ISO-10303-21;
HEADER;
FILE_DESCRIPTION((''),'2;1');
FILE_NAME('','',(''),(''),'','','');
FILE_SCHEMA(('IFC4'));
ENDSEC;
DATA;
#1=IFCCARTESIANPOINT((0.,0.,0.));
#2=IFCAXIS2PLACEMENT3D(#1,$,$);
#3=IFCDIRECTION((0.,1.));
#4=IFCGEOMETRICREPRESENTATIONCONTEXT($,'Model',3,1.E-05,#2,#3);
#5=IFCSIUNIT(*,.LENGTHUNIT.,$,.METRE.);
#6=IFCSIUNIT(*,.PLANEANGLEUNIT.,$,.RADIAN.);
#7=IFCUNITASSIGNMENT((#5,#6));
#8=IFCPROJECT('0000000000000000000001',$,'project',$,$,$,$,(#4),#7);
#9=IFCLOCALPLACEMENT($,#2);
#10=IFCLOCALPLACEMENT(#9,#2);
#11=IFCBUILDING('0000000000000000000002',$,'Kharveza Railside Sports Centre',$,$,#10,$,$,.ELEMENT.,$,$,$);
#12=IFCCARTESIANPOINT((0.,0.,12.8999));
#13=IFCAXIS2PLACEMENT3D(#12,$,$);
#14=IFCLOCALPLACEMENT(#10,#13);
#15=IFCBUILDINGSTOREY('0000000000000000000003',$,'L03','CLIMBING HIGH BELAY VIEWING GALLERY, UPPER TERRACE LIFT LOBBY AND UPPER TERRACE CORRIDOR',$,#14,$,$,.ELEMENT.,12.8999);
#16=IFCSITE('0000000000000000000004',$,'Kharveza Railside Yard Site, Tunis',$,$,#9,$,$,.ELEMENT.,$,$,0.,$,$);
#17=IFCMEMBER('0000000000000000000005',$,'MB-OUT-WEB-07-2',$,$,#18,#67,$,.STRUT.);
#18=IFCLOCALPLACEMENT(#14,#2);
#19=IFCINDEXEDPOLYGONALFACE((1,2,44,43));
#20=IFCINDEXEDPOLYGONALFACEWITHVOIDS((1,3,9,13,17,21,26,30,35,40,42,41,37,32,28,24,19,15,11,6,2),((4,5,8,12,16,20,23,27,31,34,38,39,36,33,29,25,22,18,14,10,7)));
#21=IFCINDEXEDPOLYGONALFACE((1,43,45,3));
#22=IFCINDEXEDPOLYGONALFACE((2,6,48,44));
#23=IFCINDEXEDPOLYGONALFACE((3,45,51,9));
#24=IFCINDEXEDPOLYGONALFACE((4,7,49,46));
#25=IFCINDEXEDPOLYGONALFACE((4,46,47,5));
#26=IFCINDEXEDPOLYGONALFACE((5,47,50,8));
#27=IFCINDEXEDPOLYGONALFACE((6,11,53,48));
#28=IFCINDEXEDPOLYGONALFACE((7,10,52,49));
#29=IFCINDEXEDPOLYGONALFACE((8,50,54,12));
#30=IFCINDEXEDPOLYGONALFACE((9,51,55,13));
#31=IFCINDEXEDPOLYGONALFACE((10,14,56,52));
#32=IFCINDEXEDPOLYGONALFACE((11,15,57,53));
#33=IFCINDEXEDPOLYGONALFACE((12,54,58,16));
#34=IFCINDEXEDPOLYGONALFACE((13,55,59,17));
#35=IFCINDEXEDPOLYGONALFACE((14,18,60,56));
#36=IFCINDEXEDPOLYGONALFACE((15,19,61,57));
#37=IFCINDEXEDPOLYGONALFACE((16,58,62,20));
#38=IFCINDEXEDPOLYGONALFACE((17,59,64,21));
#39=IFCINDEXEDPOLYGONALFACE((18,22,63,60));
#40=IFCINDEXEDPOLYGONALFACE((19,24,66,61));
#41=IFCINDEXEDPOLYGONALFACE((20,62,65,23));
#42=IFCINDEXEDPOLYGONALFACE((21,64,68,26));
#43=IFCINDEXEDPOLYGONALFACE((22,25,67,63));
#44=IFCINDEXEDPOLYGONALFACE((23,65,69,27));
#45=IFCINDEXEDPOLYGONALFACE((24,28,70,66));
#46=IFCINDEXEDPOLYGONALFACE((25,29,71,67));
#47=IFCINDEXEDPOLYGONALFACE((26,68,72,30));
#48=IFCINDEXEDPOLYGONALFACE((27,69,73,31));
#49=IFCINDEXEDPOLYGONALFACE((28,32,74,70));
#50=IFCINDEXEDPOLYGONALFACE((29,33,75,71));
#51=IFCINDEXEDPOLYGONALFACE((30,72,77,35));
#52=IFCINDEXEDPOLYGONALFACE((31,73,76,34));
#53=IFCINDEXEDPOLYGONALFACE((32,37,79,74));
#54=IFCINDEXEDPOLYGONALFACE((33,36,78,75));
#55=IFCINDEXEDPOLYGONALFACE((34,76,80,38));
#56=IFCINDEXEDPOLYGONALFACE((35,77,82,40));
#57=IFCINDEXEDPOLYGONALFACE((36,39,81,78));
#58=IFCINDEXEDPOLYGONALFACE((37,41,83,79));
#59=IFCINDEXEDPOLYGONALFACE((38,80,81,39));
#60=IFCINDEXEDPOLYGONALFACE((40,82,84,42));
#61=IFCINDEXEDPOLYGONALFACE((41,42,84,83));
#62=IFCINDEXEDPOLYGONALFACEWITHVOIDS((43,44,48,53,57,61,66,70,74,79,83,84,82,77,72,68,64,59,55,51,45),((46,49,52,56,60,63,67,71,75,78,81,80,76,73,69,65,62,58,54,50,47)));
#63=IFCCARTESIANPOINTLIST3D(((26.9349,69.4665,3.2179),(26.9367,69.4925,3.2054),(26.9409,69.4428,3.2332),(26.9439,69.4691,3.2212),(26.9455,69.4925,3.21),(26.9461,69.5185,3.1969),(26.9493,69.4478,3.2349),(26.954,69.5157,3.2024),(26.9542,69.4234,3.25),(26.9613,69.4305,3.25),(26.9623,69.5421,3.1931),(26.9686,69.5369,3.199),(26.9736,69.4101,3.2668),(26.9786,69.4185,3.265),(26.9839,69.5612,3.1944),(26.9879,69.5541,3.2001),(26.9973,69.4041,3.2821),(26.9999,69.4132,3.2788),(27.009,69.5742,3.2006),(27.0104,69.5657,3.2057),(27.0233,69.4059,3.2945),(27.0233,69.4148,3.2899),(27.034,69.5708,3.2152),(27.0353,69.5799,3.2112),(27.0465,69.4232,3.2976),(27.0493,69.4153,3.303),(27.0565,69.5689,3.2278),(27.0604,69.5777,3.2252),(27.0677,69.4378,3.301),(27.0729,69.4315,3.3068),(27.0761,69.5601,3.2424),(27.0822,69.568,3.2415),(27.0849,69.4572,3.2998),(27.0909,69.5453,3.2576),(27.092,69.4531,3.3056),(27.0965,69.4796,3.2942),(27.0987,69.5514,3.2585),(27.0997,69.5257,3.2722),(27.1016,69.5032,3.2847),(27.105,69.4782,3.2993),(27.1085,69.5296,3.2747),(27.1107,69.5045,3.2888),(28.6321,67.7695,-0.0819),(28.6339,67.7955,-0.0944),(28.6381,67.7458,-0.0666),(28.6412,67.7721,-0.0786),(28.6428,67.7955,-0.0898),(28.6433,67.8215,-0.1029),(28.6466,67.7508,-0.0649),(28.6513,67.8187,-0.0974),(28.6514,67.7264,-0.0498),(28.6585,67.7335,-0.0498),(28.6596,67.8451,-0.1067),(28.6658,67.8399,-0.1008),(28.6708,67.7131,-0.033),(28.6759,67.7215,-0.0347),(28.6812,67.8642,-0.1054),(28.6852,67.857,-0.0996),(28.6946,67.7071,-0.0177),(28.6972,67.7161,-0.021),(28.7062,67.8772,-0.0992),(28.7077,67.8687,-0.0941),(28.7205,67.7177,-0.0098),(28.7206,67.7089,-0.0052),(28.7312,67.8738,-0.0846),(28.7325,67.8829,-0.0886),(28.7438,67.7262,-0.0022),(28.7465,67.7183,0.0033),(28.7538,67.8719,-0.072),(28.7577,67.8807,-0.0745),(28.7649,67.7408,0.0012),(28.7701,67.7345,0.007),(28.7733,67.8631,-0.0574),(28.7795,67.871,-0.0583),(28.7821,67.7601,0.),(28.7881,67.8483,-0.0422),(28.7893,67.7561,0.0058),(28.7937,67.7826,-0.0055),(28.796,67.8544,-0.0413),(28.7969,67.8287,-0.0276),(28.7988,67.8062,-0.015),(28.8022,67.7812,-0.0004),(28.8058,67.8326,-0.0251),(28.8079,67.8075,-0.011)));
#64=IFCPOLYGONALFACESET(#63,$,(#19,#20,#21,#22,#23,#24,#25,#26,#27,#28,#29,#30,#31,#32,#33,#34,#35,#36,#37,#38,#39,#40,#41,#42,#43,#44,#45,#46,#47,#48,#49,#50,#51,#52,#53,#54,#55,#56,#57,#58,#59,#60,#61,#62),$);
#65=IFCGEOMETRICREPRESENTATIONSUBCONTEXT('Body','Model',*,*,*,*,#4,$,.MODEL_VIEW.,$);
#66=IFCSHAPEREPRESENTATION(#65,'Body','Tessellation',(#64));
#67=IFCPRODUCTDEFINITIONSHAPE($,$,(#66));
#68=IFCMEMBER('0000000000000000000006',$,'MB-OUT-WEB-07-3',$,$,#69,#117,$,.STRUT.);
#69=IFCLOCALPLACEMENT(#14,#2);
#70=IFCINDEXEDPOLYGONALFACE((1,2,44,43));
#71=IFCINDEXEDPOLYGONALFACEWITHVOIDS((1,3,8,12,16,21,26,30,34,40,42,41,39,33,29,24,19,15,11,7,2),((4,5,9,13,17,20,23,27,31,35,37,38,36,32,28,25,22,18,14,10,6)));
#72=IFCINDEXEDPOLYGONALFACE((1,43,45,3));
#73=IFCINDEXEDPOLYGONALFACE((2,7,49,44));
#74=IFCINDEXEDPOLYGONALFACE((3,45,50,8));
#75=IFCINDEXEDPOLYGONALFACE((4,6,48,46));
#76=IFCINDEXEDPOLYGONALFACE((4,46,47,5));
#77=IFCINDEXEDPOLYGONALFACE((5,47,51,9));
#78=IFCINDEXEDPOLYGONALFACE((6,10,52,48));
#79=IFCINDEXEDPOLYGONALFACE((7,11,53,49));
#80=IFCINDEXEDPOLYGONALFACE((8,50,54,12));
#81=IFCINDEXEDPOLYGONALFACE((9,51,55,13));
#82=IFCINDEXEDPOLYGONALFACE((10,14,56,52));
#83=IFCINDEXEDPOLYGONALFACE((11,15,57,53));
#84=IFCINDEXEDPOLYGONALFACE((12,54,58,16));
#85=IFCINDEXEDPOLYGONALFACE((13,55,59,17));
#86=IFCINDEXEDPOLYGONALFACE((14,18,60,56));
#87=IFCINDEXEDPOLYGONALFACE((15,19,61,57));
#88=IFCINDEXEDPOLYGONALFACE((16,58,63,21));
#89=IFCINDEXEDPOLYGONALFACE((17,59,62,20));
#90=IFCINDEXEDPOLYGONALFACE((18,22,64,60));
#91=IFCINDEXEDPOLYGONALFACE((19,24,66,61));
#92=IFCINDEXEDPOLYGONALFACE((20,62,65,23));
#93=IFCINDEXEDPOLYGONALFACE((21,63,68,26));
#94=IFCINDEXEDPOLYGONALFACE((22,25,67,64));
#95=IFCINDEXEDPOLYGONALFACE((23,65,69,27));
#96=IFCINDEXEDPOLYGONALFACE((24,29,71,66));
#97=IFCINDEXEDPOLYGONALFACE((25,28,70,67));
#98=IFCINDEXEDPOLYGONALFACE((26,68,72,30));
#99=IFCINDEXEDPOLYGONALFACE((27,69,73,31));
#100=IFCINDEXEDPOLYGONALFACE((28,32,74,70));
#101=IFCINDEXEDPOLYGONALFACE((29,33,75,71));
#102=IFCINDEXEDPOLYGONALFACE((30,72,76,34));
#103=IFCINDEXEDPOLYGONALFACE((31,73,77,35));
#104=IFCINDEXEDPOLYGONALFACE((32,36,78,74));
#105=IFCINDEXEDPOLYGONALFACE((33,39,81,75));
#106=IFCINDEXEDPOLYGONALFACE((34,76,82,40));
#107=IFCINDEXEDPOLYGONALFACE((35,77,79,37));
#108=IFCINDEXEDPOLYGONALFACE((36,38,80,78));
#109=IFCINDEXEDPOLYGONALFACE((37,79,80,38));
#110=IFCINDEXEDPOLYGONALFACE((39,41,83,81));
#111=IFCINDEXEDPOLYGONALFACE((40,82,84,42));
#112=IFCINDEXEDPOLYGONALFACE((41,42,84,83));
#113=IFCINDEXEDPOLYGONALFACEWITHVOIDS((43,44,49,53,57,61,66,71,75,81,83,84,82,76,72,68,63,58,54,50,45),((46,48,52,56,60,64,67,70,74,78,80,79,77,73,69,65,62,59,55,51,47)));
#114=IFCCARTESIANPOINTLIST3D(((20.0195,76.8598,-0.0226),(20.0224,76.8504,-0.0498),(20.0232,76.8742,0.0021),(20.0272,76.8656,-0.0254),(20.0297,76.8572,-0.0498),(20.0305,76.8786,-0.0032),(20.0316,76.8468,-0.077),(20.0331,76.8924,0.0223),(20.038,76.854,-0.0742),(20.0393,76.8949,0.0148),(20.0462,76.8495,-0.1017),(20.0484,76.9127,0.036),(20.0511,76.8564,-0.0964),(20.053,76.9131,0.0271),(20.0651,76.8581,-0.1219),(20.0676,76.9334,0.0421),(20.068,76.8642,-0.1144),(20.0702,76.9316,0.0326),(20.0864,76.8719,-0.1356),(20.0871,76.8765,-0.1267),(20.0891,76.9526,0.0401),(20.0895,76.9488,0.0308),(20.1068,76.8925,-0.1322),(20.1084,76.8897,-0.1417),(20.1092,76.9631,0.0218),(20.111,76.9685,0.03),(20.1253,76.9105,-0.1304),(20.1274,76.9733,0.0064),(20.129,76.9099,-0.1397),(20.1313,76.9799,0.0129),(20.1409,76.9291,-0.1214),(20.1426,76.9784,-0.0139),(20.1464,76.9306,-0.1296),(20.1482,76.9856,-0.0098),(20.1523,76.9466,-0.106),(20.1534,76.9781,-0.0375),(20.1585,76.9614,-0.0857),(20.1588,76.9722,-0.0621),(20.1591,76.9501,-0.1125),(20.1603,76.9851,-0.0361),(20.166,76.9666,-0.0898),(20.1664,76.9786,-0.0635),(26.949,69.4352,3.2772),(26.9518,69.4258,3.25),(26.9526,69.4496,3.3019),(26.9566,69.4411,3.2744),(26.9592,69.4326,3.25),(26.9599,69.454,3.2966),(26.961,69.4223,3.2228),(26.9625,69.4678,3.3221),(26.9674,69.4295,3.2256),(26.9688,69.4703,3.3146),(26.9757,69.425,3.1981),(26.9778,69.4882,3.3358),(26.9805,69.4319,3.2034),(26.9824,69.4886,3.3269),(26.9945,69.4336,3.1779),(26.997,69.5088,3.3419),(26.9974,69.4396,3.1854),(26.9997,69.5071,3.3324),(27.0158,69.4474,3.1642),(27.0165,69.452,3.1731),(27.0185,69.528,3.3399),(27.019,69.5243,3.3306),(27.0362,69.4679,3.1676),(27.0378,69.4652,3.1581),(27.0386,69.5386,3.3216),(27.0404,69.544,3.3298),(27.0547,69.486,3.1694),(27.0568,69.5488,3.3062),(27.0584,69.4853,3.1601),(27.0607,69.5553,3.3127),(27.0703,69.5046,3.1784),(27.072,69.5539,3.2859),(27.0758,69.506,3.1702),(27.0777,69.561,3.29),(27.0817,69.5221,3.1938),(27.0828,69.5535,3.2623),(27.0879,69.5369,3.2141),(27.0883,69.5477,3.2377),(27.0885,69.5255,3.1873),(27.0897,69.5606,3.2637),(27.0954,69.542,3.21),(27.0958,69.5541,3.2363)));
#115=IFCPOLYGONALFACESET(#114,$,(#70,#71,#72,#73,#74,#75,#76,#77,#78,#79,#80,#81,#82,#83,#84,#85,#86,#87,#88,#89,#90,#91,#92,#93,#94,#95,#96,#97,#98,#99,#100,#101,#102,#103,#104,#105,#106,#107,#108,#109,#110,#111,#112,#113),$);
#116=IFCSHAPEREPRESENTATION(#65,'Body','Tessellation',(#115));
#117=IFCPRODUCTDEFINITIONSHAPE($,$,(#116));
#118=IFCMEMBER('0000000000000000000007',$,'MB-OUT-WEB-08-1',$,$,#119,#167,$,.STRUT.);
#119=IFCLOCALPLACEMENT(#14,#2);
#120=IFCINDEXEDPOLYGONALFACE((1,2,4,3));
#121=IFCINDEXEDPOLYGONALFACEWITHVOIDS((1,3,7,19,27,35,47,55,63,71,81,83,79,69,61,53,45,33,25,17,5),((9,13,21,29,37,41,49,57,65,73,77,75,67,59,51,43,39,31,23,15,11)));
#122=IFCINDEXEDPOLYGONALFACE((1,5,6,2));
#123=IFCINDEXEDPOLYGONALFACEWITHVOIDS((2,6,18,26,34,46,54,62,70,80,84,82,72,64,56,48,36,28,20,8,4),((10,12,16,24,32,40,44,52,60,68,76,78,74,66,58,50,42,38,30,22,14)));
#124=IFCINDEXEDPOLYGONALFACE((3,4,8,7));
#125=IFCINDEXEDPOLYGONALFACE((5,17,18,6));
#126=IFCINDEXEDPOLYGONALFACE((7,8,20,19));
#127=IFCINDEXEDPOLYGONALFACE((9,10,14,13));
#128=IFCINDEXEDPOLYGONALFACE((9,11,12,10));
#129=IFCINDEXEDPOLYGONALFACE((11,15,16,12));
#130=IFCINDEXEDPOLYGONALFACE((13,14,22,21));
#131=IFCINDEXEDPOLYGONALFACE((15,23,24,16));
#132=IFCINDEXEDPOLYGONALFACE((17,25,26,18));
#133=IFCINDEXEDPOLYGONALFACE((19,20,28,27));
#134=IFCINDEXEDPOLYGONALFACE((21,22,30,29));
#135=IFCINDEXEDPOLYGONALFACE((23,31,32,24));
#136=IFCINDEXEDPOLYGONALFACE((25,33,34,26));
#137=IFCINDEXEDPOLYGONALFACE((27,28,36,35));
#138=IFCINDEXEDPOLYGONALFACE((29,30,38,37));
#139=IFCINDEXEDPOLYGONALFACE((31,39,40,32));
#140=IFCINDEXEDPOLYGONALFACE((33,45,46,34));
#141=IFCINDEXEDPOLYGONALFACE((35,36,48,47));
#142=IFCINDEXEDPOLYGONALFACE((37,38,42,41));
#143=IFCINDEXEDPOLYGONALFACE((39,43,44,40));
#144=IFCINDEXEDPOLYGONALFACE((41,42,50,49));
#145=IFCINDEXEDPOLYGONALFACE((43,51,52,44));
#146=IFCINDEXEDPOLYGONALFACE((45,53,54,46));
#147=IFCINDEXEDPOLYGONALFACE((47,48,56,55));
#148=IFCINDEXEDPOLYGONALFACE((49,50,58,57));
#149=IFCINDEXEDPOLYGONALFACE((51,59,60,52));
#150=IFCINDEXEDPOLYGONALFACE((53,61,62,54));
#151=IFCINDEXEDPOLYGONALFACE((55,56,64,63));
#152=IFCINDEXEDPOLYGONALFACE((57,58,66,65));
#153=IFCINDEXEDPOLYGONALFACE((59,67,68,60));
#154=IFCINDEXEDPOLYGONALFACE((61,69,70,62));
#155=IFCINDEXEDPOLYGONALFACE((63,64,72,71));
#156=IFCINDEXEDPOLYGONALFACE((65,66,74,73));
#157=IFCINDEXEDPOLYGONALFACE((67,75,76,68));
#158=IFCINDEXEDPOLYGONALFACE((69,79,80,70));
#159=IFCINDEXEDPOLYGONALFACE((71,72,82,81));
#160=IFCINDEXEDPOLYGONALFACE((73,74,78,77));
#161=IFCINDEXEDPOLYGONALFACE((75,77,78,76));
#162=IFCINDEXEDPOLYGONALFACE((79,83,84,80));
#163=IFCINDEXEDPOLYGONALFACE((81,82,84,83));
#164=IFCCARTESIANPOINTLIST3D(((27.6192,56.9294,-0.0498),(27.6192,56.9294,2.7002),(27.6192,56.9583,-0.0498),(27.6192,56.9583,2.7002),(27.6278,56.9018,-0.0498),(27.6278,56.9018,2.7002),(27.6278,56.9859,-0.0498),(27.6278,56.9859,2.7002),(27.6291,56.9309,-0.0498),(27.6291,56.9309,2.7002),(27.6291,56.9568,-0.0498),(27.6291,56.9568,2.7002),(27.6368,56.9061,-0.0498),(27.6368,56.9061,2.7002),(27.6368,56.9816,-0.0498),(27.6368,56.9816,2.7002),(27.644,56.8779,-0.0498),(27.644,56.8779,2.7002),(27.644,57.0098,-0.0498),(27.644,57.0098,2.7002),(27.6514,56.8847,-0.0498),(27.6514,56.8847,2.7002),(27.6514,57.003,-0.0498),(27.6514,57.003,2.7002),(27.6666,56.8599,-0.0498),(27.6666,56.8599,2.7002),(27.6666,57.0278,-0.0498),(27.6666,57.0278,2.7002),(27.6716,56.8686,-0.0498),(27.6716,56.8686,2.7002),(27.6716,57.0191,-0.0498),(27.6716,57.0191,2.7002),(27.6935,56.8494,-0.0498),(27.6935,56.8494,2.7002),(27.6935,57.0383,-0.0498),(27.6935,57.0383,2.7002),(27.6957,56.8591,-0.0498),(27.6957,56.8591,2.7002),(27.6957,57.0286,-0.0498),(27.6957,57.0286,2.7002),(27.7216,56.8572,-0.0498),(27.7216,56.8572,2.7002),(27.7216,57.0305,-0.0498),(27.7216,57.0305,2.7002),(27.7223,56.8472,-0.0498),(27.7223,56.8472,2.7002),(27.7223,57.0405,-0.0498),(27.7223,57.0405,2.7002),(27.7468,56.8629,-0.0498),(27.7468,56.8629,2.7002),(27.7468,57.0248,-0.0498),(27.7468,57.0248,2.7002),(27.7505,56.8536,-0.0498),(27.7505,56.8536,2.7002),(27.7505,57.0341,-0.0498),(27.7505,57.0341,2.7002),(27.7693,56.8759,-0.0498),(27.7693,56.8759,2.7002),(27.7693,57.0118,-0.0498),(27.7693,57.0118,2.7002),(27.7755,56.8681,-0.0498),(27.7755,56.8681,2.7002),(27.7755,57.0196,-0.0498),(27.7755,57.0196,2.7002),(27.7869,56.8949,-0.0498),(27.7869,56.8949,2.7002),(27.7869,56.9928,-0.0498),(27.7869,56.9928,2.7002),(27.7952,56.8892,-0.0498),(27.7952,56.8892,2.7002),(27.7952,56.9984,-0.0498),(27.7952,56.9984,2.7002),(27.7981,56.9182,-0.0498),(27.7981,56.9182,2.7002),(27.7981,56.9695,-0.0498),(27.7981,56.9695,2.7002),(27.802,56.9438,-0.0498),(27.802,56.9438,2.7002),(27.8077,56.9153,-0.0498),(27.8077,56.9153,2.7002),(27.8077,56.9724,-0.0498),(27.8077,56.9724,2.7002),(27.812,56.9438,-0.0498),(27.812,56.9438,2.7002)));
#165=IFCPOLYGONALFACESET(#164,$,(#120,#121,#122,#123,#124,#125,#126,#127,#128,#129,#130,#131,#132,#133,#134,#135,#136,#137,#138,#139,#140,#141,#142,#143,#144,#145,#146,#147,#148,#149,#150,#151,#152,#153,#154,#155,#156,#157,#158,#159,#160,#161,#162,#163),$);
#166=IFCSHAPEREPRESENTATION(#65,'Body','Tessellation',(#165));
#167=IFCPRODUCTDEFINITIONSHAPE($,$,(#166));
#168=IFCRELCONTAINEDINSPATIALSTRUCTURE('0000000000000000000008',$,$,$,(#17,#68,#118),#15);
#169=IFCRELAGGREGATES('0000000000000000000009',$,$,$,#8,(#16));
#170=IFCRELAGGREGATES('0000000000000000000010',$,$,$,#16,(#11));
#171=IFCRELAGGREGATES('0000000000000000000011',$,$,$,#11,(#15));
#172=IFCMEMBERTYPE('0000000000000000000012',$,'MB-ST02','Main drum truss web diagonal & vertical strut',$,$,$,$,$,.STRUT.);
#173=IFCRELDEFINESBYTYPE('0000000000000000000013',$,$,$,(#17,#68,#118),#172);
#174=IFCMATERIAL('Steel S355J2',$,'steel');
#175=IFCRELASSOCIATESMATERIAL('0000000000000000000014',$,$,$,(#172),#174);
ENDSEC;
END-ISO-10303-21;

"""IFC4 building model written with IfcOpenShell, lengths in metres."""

from ifc_helpers import new_model, si_unit, direction, frame, origin, origin_2d, place, context, subcontext, project, spatial, hollow_circle, extrude, material, material_profile, profile_set, type_object, element, save


model = new_model("IFC4")

# Units and contexts
model_context = context("Model", 3, precision=1e-05, world=origin(), true_north=direction((0.0, 1.0)))
body_context = subcontext(model_context, "Body", "Model", "MODEL_VIEW")
ifc_project = project(units=[si_unit("LENGTHUNIT", "METRE"), si_unit("PLANEANGLEUNIT", "RADIAN")], contexts=[model_context])

# Site, building, storey
site_placement = place(None, origin())
site = spatial("IfcSite", under=ifc_project, at=site_placement, Name="Kharveza Railside Yard Site, Tunis", CompositionType="ELEMENT", RefElevation=0.0)
building_placement = place(site_placement, origin())
building = spatial("IfcBuilding", under=site, at=building_placement, Name="Kharveza Railside Sports Centre", CompositionType="ELEMENT")
storey_placement = place(building_placement, frame((0.0, 0.0, 12.8999)))
storey = spatial("IfcBuildingStorey", under=building, at=storey_placement, Name="L03", Description="CLIMBING HIGH BELAY VIEWING GALLERY, UPPER TERRACE LIFT LOBBY AND UPPER TERRACE CORRIDOR", CompositionType="ELEMENT", Elevation=12.8999)

# Shared definitions
ifc_material_1 = material(Name="Steel S355J2", Category="steel")

# Members
ifc_material_profile_1 = material_profile(ifc_material_1, hollow_circle(Radius=0.0969, WallThickness=0.01, at=origin_2d()), Name="CHS 193.7x10.0")
ifc_profile_set_1 = profile_set([ifc_material_profile_1], Name="Steel S355J2")
member_type_1 = type_object("IfcMemberType", Name="MB-ST02", Description="Main drum truss web diagonal & vertical strut", PredefinedType="STRUT", material=ifc_profile_set_1)
member_1_placement = place(storey_placement, frame((28.72, 67.7949, -0.0498), z_axis=(-0.41596, 0.4159, 0.808705), x_axis=(-0.707056, -0.707158, 0.0)))
element("IfcMember", 1, at=member_1_placement, inside=storey, type_object=member_type_1, Name="MB-OUT-WEB-07-2", PredefinedType="STRUT", context=body_context, shape_type="SweptSolid", body=[
    extrude(hollow_circle(Radius=0.0969, WallThickness=0.01, at=origin_2d()), origin(), (0.0, 0.0, 1.0), 4.0803),
])
member_2_placement = place(storey_placement, frame((27.0227, 69.4919, 3.25), z_axis=(-0.648916, 0.695282, -0.309014), x_axis=(-0.731062, -0.682311, 0.0)))
element("IfcMember", 2, at=member_2_placement, inside=storey, type_object=member_type_1, Name="MB-OUT-WEB-07-3", PredefinedType="STRUT", context=body_context, shape_type="SweptSolid", body=[
    extrude(hollow_circle(Radius=0.0969, WallThickness=0.01, at=origin_2d()), origin(), (0.0, 0.0, 1.0), 10.6785),
])
member_3_placement = place(storey_placement, frame((27.7151, 56.9438, -0.0498), z_axis=(0.0, 0.0, 1.0), x_axis=(1.0, 0.0, 0.0)))
element("IfcMember", 3, at=member_3_placement, inside=storey, type_object=member_type_1, Name="MB-OUT-WEB-08-1", PredefinedType="STRUT", context=body_context, shape_type="SweptSolid", body=[
    extrude(hollow_circle(Radius=0.0969, WallThickness=0.01, at=origin_2d()), origin(), (0.0, 0.0, 1.0), 2.75),
])

save(model, "model.ifc")
